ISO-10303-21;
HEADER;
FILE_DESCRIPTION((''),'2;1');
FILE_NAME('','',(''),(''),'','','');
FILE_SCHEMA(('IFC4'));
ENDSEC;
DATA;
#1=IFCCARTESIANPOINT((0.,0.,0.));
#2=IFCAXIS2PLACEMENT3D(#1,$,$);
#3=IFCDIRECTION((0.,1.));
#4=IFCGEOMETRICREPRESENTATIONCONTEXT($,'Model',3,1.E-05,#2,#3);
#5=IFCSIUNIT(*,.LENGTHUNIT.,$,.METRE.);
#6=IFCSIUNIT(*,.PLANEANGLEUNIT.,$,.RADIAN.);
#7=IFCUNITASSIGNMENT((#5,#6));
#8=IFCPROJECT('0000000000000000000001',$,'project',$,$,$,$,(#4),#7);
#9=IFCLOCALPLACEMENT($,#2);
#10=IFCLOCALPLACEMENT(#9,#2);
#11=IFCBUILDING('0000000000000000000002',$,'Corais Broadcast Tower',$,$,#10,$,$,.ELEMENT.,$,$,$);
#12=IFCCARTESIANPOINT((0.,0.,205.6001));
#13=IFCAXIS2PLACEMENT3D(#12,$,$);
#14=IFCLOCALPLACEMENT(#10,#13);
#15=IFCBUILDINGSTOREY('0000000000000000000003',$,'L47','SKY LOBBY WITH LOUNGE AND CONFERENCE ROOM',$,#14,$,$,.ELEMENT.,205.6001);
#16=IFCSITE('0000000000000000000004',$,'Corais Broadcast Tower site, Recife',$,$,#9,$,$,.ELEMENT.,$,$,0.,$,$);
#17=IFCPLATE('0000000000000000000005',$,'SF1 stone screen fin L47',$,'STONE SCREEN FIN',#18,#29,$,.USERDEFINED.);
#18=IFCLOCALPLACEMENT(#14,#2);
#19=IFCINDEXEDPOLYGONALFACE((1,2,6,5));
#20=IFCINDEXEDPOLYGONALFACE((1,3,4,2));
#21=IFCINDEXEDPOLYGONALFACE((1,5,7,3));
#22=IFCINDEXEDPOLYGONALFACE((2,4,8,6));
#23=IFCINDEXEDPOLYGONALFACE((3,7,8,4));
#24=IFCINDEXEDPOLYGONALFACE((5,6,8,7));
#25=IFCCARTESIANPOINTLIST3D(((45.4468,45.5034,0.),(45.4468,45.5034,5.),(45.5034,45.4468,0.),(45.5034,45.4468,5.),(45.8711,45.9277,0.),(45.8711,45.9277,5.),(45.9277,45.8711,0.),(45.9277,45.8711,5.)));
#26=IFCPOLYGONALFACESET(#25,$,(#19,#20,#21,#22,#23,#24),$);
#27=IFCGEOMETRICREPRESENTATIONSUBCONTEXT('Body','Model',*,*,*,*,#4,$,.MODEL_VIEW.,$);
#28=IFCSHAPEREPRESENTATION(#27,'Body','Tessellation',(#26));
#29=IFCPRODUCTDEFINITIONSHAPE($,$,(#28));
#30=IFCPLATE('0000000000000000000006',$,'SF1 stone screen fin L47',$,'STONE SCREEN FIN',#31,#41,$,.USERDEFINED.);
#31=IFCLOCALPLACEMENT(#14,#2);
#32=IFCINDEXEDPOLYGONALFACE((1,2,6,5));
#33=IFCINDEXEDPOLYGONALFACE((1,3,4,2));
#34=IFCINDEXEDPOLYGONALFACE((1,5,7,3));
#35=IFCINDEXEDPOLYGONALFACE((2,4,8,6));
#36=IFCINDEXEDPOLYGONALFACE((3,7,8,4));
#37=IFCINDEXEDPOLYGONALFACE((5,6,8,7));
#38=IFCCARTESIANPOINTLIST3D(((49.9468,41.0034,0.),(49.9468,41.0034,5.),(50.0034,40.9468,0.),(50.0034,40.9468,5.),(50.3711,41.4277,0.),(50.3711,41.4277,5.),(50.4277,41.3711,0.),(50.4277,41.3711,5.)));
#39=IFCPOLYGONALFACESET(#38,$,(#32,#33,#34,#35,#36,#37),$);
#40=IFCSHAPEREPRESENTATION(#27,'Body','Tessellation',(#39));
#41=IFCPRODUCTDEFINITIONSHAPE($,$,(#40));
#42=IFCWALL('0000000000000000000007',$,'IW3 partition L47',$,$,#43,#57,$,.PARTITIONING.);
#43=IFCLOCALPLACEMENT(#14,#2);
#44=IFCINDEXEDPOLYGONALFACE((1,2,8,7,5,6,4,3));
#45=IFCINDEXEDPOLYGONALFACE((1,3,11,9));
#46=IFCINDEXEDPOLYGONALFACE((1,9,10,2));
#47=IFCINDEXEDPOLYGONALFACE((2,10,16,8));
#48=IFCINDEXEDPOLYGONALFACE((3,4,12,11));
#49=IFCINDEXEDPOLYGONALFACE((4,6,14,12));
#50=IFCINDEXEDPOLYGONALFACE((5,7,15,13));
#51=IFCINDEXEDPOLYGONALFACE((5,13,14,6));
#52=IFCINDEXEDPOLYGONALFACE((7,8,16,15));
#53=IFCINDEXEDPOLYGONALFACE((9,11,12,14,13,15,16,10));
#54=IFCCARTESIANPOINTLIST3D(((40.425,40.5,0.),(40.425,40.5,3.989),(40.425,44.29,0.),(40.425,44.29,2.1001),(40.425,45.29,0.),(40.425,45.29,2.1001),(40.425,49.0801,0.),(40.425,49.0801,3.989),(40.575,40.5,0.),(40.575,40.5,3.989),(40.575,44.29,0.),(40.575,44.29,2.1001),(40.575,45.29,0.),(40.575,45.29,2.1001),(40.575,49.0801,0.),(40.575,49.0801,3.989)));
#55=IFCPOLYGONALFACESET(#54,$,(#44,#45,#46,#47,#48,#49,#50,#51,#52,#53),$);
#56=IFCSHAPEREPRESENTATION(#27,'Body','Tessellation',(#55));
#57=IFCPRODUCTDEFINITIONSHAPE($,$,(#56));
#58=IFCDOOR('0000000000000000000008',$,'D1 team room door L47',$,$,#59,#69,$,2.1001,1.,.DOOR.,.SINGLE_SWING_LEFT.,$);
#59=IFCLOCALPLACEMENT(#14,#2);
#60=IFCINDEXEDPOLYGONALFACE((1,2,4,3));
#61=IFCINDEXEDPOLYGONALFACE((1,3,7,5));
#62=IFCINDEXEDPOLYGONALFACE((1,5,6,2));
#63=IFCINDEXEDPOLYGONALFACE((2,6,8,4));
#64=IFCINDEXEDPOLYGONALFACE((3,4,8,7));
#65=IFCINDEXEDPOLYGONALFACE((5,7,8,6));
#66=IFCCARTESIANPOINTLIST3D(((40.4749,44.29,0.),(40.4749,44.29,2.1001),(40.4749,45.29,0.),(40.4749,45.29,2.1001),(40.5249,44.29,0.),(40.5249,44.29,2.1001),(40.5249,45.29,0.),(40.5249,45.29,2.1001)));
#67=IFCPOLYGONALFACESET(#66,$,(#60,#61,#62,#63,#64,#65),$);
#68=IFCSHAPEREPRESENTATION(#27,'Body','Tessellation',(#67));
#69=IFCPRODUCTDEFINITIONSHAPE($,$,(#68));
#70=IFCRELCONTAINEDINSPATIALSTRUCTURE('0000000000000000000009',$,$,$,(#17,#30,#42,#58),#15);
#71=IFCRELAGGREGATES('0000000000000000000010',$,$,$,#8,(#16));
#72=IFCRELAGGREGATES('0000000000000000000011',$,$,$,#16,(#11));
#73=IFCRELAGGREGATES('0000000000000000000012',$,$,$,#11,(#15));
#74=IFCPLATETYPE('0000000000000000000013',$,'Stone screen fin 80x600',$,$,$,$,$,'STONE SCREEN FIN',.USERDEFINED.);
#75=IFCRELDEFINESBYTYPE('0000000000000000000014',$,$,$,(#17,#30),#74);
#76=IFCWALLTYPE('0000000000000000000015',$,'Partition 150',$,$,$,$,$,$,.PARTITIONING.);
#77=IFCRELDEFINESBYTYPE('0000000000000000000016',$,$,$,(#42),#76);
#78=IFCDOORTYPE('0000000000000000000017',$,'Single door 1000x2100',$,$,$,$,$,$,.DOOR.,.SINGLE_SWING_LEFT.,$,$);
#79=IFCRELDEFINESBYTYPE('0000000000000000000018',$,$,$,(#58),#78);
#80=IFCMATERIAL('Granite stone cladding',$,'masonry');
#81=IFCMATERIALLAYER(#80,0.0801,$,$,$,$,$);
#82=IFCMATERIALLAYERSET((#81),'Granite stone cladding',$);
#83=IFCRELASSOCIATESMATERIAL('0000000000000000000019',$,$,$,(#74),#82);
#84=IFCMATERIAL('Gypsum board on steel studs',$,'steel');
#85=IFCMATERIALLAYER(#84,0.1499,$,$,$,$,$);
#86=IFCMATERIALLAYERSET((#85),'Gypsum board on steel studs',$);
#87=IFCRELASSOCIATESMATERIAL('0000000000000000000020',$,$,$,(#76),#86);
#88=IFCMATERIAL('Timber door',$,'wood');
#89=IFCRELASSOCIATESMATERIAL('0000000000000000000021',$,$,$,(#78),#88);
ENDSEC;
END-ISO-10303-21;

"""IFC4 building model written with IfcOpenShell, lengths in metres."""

from ifc_helpers import new_model, si_unit, direction, frame, frame_2d, origin, origin_2d, place, context, subcontext, project, spatial, rectangle, extrude, material, layer, layer_set, type_object, element, fill, save


model = new_model("IFC4")

# Units and contexts
model_context = context("Model", 3, precision=1e-05, world=origin(), true_north=direction((0.0, 1.0)))
body_context = subcontext(model_context, "Body", "Model", "MODEL_VIEW")
ifc_project = project(units=[si_unit("LENGTHUNIT", "METRE"), si_unit("PLANEANGLEUNIT", "RADIAN")], contexts=[model_context])

# Site, building, storey
site_placement = place(None, origin())
site = spatial("IfcSite", under=ifc_project, at=site_placement, Name="Corais Broadcast Tower site, Recife", CompositionType="ELEMENT", RefElevation=0.0)
building_placement = place(site_placement, origin())
building = spatial("IfcBuilding", under=site, at=building_placement, Name="Corais Broadcast Tower", CompositionType="ELEMENT")
storey_placement = place(building_placement, frame((0.0, 0.0, 205.6001)))
storey = spatial("IfcBuildingStorey", under=building, at=storey_placement, Name="L47", Description="SKY LOBBY WITH LOUNGE AND CONFERENCE ROOM", CompositionType="ELEMENT", Elevation=205.6001)

# Plates
ifc_material_1 = material(Name="Granite stone cladding", Category="masonry")
ifc_layer_1 = layer(ifc_material_1, 0.0801)
ifc_layer_set_1 = layer_set([ifc_layer_1], Name="Granite stone cladding")
plate_type_1 = type_object("IfcPlateType", Name="Stone screen fin 80x600", ElementType="STONE SCREEN FIN", PredefinedType="USERDEFINED", material=ifc_layer_set_1)
for number, where, z_axis, x_axis, name in (
    (1, (45.6873, 45.6873, 0.0), (0.0, 0.0, 1.0), (0.707107, -0.707107, 0.0), "SF1 stone screen fin L47"),
    (2, (50.1873, 41.1873, 0.0), (0.0, 0.0, 1.0), (0.707107, -0.707107, 0.0), "SF1 stone screen fin L47"),
):
    element("IfcPlate", number, at=place(storey_placement, frame(where, z_axis=z_axis, x_axis=x_axis)), inside=storey, type_object=plate_type_1, Name=name, ObjectType="STONE SCREEN FIN", PredefinedType="USERDEFINED", context=body_context, shape_type="SweptSolid", body=[
        extrude(rectangle(XDim=0.0801, YDim=0.6001, at=origin_2d()), origin(), (0.0, 0.0, 1.0), 5.0),
    ])

# Wall, opening, door
ifc_material_2 = material(Name="Gypsum board on steel studs", Category="steel")
ifc_layer_2 = layer(ifc_material_2, 0.1499)
ifc_layer_set_2 = layer_set([ifc_layer_2], Name="Gypsum board on steel studs")
wall_type = type_object("IfcWallType", Name="Partition 150", PredefinedType="PARTITIONING", material=ifc_layer_set_2)
wall_placement = place(storey_placement, frame((40.5, 49.0801, 0.0), z_axis=(0.0, 0.0, 1.0), x_axis=(0.0, -1.0, 0.0)))
wall = element("IfcWall", 3, at=wall_placement, inside=storey, type_object=wall_type, Name="IW3 partition L47", PredefinedType="PARTITIONING", context=body_context, shape_type="SweptSolid", body=[
    extrude(rectangle(XDim=8.5801, YDim=0.1499, at=frame_2d((4.29, 0.0))), origin(), (0.0, 0.0, 1.0), 3.989),
])
opening_placement = place(wall_placement, frame((3.79, 0.0, 0.0)))
opening = element("IfcOpeningElement", 4, at=opening_placement, cuts=wall, PredefinedType="OPENING", context=body_context, shape_type="SweptSolid", body=[
    extrude(rectangle(XDim=1.0, YDim=2.1001, at=frame_2d((0.5, 1.05))), frame((0.0, 0.085, 0.0), z_axis=(0.0, -1.0, 0.0), x_axis=(1.0, 0.0, 0.0)), (0.0, 0.0, 1.0), 0.1699),
])
ifc_material_3 = material(Name="Timber door", Category="wood")
door_type = type_object("IfcDoorType", Name="Single door 1000x2100", OperationType="SINGLE_SWING_LEFT", PredefinedType="DOOR", material=ifc_material_3)
door_placement = place(opening_placement, origin())
door = element("IfcDoor", 5, at=door_placement, inside=storey, type_object=door_type, Name="D1 team room door L47", OperationType="SINGLE_SWING_LEFT", OverallHeight=2.1001, OverallWidth=1.0, PredefinedType="DOOR", context=body_context, shape_type="SweptSolid", body=[
    extrude(rectangle(XDim=1.0, YDim=2.1001, at=frame_2d((0.5, 1.05))), frame((0.0, 0.0249, 0.0), z_axis=(0.0, -1.0, 0.0), x_axis=(1.0, 0.0, 0.0)), (0.0, 0.0, 1.0), 0.05),
])
fill(opening, door)

save(model, "model.ifc")
